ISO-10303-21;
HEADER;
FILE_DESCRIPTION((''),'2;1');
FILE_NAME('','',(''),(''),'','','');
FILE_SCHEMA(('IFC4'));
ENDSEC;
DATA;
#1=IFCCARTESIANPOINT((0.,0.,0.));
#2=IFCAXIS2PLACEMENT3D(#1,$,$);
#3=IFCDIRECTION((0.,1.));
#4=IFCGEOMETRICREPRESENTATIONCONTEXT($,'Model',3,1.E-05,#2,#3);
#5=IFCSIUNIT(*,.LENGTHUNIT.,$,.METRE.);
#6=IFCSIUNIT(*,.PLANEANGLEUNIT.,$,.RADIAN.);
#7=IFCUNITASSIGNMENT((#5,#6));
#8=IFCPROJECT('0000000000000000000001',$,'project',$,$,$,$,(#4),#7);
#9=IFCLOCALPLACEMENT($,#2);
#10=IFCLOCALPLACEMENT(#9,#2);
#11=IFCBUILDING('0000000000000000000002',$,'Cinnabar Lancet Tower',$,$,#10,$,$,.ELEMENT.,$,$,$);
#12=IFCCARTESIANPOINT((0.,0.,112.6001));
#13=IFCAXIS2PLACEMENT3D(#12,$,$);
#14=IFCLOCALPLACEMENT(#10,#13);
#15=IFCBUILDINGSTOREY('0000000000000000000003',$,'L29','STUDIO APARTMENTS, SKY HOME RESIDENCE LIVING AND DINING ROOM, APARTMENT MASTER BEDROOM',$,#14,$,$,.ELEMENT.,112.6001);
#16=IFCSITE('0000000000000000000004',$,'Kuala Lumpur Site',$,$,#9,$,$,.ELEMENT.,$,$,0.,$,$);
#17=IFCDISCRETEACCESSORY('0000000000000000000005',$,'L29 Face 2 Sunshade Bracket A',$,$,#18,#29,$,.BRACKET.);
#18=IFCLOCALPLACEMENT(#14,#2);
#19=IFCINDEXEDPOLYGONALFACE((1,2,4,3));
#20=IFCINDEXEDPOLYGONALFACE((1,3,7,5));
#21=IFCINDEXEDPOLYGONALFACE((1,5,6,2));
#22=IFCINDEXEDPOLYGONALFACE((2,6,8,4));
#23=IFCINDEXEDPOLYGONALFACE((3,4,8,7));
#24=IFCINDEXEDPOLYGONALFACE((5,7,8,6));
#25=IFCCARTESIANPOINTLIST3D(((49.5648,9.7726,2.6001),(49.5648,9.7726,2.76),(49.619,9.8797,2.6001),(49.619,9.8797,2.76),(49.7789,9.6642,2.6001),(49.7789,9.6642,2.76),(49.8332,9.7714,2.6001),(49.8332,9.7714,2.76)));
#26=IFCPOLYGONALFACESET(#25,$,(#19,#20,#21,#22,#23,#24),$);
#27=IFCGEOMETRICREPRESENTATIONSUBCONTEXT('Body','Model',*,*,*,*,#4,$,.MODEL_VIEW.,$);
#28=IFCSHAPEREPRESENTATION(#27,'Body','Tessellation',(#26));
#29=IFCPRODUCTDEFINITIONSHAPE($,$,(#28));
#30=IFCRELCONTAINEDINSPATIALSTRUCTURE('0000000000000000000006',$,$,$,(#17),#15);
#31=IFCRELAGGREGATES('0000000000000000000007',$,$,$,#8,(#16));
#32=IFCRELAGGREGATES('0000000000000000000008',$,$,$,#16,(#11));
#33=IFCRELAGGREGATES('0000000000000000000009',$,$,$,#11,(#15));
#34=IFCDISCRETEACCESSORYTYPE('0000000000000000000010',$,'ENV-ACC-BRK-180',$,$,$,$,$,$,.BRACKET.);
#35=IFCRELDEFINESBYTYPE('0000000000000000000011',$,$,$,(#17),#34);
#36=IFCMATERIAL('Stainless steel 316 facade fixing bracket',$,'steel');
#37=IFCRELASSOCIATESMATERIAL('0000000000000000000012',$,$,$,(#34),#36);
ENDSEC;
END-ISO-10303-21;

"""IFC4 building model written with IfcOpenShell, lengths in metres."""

from ifc_helpers import new_model, si_unit, direction, frame, origin, origin_2d, place, context, subcontext, project, spatial, rectangle, extrude, material, type_object, element, save


model = new_model("IFC4")

# Units and contexts
model_context = context("Model", 3, precision=1e-05, world=origin(), true_north=direction((0.0, 1.0)))
body_context = subcontext(model_context, "Body", "Model", "MODEL_VIEW")
ifc_project = project(units=[si_unit("LENGTHUNIT", "METRE"), si_unit("PLANEANGLEUNIT", "RADIAN")], contexts=[model_context])

# Site, building, storey
site_placement = place(None, origin())
site = spatial("IfcSite", under=ifc_project, at=site_placement, Name="Kuala Lumpur Site", CompositionType="ELEMENT", RefElevation=0.0)
building_placement = place(site_placement, origin())
building = spatial("IfcBuilding", under=site, at=building_placement, Name="Cinnabar Lancet Tower", CompositionType="ELEMENT")
storey_placement = place(building_placement, frame((0.0, 0.0, 112.6001)))
storey = spatial("IfcBuildingStorey", under=building, at=storey_placement, Name="L29", Description="STUDIO APARTMENTS, SKY HOME RESIDENCE LIVING AND DINING ROOM, APARTMENT MASTER BEDROOM", CompositionType="ELEMENT", Elevation=112.6001)

# Discrete accessory
ifc_material_1 = material(Name="Stainless steel 316 facade fixing bracket", Category="steel")
discrete_accessory_type = type_object("IfcDiscreteAccessoryType", Name="ENV-ACC-BRK-180", PredefinedType="BRACKET", material=ifc_material_1)
discrete_accessory_placement = place(storey_placement, frame((49.699, 9.772, 2.6001), z_axis=(0.0, 0.0, 1.0), x_axis=(0.451454, 0.892294, 0.0)))
element("IfcDiscreteAccessory", 1, at=discrete_accessory_placement, inside=storey, type_object=discrete_accessory_type, Name="L29 Face 2 Sunshade Bracket A", PredefinedType="BRACKET", context=body_context, shape_type="SweptSolid", body=[
    extrude(rectangle(XDim=0.1201, YDim=0.24, at=origin_2d()), origin(), (0.0, 0.0, 1.0), 0.1599),
])

save(model, "model.ifc")
